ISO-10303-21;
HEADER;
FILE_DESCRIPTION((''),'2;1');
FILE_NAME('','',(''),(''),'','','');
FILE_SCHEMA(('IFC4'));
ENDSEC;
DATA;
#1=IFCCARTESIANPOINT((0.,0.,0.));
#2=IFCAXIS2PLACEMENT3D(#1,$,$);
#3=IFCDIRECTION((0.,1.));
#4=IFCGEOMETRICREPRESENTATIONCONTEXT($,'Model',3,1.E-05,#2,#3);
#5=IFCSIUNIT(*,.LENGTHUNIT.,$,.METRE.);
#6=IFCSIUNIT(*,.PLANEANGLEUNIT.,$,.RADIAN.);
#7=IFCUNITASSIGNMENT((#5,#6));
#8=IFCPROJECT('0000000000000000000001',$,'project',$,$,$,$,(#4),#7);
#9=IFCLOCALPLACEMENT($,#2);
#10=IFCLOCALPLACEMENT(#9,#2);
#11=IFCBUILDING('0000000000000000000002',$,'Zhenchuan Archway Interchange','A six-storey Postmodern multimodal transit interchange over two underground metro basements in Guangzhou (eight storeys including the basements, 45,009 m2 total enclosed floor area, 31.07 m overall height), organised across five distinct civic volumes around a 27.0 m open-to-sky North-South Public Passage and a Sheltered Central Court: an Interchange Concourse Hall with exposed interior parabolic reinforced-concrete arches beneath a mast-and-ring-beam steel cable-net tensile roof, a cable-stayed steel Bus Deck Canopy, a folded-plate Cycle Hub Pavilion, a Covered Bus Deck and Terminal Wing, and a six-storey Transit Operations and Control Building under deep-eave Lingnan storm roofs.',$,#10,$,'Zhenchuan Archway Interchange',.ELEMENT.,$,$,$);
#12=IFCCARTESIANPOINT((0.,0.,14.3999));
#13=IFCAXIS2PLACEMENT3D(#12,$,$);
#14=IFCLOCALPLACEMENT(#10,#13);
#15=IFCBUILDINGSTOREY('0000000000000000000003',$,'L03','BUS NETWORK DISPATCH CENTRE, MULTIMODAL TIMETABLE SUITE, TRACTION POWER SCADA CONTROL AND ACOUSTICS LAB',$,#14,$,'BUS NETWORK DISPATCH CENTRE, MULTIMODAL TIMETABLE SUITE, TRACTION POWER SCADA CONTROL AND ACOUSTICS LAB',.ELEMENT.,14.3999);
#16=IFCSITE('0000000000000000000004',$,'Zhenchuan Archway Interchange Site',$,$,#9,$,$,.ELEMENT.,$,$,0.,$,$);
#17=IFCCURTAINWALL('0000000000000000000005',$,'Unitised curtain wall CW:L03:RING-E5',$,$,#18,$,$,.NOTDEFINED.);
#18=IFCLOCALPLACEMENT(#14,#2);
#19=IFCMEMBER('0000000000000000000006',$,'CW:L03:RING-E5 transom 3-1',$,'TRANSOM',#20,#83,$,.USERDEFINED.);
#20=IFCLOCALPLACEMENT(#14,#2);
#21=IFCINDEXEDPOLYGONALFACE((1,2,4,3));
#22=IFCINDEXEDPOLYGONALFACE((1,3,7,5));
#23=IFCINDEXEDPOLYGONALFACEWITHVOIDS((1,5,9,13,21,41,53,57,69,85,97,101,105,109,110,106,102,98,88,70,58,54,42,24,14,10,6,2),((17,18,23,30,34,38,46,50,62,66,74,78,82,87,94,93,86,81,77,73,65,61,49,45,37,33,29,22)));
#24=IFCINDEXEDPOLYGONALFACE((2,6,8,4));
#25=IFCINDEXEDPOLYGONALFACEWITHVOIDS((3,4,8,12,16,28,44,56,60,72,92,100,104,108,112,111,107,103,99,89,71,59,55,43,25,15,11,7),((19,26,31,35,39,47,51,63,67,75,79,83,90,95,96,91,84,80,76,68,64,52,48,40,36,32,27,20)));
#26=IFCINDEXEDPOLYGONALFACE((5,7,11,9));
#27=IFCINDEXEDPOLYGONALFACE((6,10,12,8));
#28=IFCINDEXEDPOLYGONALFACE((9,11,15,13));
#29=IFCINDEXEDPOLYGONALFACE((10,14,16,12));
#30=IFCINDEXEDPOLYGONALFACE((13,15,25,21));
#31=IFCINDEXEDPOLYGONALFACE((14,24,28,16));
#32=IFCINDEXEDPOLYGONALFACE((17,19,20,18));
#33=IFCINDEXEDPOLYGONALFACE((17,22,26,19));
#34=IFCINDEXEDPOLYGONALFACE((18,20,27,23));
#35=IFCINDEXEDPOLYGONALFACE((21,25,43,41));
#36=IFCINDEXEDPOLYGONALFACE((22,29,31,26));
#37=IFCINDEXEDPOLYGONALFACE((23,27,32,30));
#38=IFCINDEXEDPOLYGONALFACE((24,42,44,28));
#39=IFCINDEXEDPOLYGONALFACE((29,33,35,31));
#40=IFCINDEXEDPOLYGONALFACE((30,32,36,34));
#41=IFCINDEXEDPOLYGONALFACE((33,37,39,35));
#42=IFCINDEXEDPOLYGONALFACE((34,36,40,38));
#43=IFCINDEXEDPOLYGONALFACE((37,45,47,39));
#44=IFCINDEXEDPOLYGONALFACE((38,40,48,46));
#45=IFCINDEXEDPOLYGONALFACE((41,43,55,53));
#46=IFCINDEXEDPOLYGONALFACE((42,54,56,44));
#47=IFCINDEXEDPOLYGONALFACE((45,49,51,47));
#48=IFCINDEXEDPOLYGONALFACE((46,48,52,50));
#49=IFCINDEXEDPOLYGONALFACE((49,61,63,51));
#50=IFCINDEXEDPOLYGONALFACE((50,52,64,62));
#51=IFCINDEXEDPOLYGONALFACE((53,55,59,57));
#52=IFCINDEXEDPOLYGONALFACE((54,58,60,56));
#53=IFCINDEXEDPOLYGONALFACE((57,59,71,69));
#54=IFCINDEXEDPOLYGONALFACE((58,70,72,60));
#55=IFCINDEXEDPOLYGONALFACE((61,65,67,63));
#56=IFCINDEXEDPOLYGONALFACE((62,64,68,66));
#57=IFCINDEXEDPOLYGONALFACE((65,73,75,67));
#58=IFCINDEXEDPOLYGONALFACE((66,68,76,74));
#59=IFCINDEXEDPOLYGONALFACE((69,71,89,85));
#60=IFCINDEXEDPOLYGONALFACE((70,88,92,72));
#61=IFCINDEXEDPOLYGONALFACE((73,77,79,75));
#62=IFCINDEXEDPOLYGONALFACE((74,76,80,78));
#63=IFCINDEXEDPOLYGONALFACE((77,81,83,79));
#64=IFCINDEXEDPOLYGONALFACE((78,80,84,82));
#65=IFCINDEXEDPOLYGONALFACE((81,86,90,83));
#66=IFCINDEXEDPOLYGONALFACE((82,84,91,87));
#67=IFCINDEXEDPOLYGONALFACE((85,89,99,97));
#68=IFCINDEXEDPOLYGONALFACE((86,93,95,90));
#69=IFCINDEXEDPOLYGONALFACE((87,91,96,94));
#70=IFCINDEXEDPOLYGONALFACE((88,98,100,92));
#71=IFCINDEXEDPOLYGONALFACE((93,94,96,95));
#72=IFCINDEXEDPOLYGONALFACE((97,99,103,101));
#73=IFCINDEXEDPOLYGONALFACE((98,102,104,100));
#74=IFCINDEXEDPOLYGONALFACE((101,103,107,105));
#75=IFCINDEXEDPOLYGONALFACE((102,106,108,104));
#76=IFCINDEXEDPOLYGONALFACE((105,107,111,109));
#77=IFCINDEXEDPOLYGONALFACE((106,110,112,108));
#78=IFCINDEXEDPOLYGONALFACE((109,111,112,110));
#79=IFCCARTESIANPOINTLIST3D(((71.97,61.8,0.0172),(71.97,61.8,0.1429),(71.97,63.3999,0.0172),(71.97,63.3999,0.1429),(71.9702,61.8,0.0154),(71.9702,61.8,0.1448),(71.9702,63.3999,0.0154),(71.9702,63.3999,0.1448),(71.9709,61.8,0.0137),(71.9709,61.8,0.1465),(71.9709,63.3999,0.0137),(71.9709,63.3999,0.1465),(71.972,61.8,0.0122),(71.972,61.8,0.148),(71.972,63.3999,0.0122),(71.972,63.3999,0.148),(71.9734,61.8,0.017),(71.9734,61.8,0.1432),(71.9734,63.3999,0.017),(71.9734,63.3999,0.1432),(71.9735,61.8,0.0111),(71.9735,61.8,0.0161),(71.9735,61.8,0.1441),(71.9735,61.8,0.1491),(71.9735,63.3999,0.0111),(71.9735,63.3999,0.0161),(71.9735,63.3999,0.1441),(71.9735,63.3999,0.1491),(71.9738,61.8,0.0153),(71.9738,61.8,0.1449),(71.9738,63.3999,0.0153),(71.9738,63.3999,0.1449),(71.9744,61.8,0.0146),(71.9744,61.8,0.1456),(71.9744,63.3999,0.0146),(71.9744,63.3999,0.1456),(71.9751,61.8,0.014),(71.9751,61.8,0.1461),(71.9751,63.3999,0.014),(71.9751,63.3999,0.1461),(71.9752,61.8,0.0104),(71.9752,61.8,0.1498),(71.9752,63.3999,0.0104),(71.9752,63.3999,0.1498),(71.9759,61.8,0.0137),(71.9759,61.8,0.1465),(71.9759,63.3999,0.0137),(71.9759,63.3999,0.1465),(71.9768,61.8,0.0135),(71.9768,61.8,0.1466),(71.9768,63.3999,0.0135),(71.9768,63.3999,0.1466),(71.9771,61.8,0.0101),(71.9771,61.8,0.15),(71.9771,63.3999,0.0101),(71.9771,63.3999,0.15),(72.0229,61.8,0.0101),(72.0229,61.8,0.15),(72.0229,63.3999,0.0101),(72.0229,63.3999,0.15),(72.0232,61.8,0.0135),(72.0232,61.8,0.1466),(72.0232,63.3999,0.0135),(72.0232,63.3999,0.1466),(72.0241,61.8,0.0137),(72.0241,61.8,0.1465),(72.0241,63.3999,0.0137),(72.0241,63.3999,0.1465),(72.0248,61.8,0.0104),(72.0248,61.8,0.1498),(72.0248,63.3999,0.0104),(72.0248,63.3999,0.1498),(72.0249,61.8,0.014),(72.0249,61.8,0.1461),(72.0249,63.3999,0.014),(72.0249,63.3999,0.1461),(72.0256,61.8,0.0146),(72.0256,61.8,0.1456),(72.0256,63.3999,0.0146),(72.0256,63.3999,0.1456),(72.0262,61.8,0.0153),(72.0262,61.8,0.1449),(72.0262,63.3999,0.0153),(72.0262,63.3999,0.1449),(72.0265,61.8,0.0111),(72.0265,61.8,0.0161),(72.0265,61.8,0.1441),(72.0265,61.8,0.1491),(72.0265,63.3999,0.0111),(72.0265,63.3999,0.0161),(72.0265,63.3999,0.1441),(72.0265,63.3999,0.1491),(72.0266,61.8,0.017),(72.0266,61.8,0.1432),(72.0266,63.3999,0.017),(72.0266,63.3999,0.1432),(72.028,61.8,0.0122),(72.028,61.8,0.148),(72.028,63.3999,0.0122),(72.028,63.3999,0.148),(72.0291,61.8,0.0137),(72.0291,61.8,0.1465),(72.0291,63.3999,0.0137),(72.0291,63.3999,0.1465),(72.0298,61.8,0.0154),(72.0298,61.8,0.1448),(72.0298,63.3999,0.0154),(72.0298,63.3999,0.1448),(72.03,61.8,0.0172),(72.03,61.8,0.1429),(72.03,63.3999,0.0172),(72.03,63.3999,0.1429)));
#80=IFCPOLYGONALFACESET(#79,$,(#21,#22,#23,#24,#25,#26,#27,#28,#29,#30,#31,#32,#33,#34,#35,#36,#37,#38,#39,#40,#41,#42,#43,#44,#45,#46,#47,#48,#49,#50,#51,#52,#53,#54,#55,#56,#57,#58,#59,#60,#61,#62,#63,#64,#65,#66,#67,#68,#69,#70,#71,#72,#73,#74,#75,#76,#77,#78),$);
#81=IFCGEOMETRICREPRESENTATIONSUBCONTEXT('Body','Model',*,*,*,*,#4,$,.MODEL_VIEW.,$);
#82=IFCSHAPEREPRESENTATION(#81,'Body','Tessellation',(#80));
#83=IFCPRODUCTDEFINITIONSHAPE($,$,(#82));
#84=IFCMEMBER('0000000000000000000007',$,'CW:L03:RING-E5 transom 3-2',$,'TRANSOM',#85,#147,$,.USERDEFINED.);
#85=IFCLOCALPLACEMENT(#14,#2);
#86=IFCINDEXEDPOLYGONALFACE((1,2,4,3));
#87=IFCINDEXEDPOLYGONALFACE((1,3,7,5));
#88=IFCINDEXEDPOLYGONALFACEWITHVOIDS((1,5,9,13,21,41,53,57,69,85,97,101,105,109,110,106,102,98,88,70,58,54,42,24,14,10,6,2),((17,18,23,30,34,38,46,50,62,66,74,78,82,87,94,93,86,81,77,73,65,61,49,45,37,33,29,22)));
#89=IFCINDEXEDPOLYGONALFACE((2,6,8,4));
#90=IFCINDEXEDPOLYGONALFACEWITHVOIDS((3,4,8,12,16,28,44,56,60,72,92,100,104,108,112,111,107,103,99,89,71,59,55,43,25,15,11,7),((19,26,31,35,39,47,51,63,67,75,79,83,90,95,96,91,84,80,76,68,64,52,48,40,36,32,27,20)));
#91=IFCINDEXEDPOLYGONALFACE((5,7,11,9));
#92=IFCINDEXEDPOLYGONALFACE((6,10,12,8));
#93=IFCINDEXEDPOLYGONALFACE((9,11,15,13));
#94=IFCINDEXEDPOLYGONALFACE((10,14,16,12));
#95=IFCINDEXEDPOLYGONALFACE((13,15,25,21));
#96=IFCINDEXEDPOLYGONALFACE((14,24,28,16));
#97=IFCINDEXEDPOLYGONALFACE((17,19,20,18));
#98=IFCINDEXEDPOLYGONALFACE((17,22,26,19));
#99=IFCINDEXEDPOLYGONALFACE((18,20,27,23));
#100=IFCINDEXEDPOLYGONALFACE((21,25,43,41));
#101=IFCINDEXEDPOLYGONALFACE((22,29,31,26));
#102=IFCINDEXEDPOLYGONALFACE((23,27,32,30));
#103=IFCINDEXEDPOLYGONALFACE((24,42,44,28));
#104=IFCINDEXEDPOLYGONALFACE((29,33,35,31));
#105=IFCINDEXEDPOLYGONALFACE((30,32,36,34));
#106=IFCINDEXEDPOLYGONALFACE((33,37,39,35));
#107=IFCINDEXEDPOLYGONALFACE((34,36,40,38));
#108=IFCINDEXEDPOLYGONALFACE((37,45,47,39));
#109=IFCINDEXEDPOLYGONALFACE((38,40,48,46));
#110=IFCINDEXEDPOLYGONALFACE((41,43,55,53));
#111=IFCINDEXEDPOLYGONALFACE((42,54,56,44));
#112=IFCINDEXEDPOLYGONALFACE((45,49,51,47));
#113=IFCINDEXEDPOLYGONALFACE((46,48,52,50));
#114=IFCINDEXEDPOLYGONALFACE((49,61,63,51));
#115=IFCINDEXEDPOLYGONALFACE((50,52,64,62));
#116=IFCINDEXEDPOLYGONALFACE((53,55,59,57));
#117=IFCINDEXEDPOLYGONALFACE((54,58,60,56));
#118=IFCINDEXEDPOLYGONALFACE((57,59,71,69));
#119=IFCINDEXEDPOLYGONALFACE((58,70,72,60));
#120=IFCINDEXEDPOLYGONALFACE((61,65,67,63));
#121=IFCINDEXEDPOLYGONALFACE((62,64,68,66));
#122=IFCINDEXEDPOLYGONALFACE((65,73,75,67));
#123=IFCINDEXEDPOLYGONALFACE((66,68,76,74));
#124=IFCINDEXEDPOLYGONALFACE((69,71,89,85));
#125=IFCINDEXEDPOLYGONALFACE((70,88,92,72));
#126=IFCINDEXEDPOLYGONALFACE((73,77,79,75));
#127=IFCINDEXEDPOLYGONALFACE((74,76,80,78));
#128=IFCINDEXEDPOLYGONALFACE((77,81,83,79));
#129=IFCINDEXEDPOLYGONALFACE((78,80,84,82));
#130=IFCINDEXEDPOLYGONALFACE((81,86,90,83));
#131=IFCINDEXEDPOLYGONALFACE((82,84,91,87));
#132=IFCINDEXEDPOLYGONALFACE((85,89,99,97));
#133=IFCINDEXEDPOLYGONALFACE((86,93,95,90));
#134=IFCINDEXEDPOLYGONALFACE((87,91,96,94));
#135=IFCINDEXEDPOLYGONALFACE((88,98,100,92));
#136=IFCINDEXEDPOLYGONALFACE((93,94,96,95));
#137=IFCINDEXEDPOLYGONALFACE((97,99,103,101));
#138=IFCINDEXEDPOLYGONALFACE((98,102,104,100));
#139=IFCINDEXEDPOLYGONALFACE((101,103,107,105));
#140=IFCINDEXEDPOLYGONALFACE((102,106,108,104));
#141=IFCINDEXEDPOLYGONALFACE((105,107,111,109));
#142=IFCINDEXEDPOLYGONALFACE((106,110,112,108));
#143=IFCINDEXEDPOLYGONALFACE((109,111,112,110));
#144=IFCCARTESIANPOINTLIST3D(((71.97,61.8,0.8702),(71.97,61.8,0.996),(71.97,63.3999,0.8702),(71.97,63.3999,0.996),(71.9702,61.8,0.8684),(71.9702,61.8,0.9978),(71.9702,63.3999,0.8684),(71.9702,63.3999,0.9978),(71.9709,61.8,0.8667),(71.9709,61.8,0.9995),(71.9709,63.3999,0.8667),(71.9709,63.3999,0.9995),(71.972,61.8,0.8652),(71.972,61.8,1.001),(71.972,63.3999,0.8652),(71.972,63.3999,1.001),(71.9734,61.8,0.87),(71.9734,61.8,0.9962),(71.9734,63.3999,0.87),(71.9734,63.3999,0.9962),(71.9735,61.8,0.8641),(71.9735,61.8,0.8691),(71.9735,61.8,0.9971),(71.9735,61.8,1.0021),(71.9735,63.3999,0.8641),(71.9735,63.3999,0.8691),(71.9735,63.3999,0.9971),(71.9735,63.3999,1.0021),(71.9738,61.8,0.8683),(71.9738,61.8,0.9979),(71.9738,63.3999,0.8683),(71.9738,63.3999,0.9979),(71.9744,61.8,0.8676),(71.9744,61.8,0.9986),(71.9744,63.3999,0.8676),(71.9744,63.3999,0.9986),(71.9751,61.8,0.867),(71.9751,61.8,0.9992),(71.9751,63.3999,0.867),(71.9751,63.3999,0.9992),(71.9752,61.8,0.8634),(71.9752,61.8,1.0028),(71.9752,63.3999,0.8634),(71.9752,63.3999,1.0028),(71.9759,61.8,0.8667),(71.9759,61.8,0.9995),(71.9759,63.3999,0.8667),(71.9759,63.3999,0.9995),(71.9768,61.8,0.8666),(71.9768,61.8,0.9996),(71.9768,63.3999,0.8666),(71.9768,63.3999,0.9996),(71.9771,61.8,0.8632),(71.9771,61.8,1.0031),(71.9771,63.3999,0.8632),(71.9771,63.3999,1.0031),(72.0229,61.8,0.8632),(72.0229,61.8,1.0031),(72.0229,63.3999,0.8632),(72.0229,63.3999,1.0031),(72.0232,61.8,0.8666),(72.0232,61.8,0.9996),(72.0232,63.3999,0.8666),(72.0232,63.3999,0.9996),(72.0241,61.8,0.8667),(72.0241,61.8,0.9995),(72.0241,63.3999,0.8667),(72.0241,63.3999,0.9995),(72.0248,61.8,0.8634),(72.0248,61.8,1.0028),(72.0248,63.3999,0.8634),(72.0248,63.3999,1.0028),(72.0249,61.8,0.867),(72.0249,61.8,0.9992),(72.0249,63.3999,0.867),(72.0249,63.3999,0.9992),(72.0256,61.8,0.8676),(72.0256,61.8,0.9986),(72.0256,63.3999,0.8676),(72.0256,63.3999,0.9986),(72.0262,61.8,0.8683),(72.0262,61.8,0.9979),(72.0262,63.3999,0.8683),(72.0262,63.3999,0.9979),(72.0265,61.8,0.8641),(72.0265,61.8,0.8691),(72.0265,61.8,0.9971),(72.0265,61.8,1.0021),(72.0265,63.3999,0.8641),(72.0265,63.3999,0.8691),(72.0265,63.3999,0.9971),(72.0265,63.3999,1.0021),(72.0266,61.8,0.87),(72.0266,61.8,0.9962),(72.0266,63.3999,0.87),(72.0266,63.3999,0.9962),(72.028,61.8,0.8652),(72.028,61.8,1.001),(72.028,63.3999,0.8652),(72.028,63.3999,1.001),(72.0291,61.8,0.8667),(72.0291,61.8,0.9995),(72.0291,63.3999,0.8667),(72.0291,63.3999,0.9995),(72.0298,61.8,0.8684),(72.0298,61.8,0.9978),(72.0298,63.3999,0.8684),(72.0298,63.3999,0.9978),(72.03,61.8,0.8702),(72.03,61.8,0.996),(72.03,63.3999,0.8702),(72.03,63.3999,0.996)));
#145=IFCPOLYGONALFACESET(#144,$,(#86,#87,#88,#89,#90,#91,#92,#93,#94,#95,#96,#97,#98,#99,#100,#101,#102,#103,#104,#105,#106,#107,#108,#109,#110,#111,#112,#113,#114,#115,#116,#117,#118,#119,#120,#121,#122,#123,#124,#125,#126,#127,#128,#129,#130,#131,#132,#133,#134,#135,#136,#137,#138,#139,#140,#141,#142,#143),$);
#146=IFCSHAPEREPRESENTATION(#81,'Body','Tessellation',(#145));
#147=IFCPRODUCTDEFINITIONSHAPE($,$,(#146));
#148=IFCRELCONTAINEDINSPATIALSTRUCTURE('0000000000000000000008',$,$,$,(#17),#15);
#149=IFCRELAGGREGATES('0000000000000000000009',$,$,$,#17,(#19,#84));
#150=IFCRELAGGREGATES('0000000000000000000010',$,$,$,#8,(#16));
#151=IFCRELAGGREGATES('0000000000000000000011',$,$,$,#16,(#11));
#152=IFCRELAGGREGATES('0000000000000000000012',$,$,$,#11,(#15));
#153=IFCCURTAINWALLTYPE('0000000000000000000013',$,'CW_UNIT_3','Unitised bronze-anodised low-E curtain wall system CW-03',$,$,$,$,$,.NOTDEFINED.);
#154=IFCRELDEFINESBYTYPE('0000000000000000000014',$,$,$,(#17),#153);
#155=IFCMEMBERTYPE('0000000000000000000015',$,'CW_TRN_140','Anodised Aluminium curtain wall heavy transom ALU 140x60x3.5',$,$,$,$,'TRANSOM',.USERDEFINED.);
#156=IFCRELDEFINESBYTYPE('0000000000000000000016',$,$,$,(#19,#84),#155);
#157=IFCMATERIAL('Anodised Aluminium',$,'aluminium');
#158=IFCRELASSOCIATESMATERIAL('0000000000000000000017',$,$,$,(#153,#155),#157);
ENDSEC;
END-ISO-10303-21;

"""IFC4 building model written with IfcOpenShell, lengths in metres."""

from ifc_helpers import new_model, si_unit, direction, frame, origin, origin_2d, place, context, subcontext, project, spatial, hollow_rectangle, extrude, material, material_profile, profile_set, type_object, element, aggregate, save


model = new_model("IFC4")

# Units and contexts
model_context = context("Model", 3, precision=1e-05, world=origin(), true_north=direction((0.0, 1.0)))
body_context = subcontext(model_context, "Body", "Model", "MODEL_VIEW")
ifc_project = project(units=[si_unit("LENGTHUNIT", "METRE"), si_unit("PLANEANGLEUNIT", "RADIAN")], contexts=[model_context])

# Site, building, storey
site_placement = place(None, origin())
site = spatial("IfcSite", under=ifc_project, at=site_placement, Name="Zhenchuan Archway Interchange Site", CompositionType="ELEMENT", RefElevation=0.0)
building_placement = place(site_placement, origin())
building = spatial("IfcBuilding", under=site, at=building_placement, Name="Zhenchuan Archway Interchange", Description="A six-storey Postmodern multimodal transit interchange over two underground metro basements in Guangzhou (eight storeys including the basements, 45,009 m2 total enclosed floor area, 31.07 m overall height), organised across five distinct civic volumes around a 27.0 m open-to-sky North-South Public Passage and a Sheltered Central Court: an Interchange Concourse Hall with exposed interior parabolic reinforced-concrete arches beneath a mast-and-ring-beam steel cable-net tensile roof, a cable-stayed steel Bus Deck Canopy, a folded-plate Cycle Hub Pavilion, a Covered Bus Deck and Terminal Wing, and a six-storey Transit Operations and Control Building under deep-eave Lingnan storm roofs.", LongName="Zhenchuan Archway Interchange", CompositionType="ELEMENT")
storey_placement = place(building_placement, frame((0.0, 0.0, 14.3999)))
storey = spatial("IfcBuildingStorey", under=building, at=storey_placement, Name="L03", Description="BUS NETWORK DISPATCH CENTRE, MULTIMODAL TIMETABLE SUITE, TRACTION POWER SCADA CONTROL AND ACOUSTICS LAB", LongName="BUS NETWORK DISPATCH CENTRE, MULTIMODAL TIMETABLE SUITE, TRACTION POWER SCADA CONTROL AND ACOUSTICS LAB", CompositionType="ELEMENT", Elevation=14.3999)

# Curtain wall
ifc_material_1 = material(Name="Anodised Aluminium", Category="aluminium")
curtain_wall_type = type_object("IfcCurtainWallType", Name="CW_UNIT_3", Description="Unitised bronze-anodised low-E curtain wall system CW-03", PredefinedType="NOTDEFINED", material=ifc_material_1)
curtain_wall_1_placement = place(storey_placement, origin())
curtain_wall_1 = element("IfcCurtainWall", 1, at=curtain_wall_1_placement, inside=storey, type_object=curtain_wall_type, Name="Unitised curtain wall CW:L03:RING-E5", PredefinedType="NOTDEFINED")

# Members
ifc_material_profile_1 = material_profile(ifc_material_1, hollow_rectangle(XDim=0.0601, YDim=0.1399, WallThickness=0.0034, InnerFilletRadius=0.0034, OuterFilletRadius=0.0071, at=origin_2d()), Name="ALU 140x60x3.5")
ifc_profile_set_1 = profile_set([ifc_material_profile_1], Name="Anodised Aluminium")
member_type_1 = type_object("IfcMemberType", Name="CW_TRN_140", Description="Anodised Aluminium curtain wall heavy transom ALU 140x60x3.5", ElementType="TRANSOM", PredefinedType="USERDEFINED", material=ifc_profile_set_1)
member_1_placement = place(storey_placement, frame((72.0, 61.8, 0.0801), z_axis=(0.0, 1.0, 0.0), x_axis=(-1.0, 0.0, 0.0)))
member_1 = element("IfcMember", 2, at=member_1_placement, type_object=member_type_1, Name="CW:L03:RING-E5 transom 3-1", ObjectType="TRANSOM", PredefinedType="USERDEFINED", context=body_context, shape_type="SweptSolid", body=[
    extrude(hollow_rectangle(XDim=0.0601, YDim=0.1399, WallThickness=0.0034, InnerFilletRadius=0.0034, OuterFilletRadius=0.0071, at=origin_2d()), origin(), (0.0, 0.0, 1.0), 1.5999),
])
member_2_placement = place(storey_placement, frame((72.0, 61.8, 0.9331), z_axis=(0.0, 1.0, 0.0), x_axis=(-1.0, 0.0, 0.0)))
member_2 = element("IfcMember", 3, at=member_2_placement, type_object=member_type_1, Name="CW:L03:RING-E5 transom 3-2", ObjectType="TRANSOM", PredefinedType="USERDEFINED", context=body_context, shape_type="SweptSolid", body=[
    extrude(hollow_rectangle(XDim=0.0601, YDim=0.1399, WallThickness=0.0034, InnerFilletRadius=0.0034, OuterFilletRadius=0.0071, at=origin_2d()), origin(), (0.0, 0.0, 1.0), 1.5999),
])

aggregate(curtain_wall_1, [member_1, member_2])

save(model, "model.ifc")
